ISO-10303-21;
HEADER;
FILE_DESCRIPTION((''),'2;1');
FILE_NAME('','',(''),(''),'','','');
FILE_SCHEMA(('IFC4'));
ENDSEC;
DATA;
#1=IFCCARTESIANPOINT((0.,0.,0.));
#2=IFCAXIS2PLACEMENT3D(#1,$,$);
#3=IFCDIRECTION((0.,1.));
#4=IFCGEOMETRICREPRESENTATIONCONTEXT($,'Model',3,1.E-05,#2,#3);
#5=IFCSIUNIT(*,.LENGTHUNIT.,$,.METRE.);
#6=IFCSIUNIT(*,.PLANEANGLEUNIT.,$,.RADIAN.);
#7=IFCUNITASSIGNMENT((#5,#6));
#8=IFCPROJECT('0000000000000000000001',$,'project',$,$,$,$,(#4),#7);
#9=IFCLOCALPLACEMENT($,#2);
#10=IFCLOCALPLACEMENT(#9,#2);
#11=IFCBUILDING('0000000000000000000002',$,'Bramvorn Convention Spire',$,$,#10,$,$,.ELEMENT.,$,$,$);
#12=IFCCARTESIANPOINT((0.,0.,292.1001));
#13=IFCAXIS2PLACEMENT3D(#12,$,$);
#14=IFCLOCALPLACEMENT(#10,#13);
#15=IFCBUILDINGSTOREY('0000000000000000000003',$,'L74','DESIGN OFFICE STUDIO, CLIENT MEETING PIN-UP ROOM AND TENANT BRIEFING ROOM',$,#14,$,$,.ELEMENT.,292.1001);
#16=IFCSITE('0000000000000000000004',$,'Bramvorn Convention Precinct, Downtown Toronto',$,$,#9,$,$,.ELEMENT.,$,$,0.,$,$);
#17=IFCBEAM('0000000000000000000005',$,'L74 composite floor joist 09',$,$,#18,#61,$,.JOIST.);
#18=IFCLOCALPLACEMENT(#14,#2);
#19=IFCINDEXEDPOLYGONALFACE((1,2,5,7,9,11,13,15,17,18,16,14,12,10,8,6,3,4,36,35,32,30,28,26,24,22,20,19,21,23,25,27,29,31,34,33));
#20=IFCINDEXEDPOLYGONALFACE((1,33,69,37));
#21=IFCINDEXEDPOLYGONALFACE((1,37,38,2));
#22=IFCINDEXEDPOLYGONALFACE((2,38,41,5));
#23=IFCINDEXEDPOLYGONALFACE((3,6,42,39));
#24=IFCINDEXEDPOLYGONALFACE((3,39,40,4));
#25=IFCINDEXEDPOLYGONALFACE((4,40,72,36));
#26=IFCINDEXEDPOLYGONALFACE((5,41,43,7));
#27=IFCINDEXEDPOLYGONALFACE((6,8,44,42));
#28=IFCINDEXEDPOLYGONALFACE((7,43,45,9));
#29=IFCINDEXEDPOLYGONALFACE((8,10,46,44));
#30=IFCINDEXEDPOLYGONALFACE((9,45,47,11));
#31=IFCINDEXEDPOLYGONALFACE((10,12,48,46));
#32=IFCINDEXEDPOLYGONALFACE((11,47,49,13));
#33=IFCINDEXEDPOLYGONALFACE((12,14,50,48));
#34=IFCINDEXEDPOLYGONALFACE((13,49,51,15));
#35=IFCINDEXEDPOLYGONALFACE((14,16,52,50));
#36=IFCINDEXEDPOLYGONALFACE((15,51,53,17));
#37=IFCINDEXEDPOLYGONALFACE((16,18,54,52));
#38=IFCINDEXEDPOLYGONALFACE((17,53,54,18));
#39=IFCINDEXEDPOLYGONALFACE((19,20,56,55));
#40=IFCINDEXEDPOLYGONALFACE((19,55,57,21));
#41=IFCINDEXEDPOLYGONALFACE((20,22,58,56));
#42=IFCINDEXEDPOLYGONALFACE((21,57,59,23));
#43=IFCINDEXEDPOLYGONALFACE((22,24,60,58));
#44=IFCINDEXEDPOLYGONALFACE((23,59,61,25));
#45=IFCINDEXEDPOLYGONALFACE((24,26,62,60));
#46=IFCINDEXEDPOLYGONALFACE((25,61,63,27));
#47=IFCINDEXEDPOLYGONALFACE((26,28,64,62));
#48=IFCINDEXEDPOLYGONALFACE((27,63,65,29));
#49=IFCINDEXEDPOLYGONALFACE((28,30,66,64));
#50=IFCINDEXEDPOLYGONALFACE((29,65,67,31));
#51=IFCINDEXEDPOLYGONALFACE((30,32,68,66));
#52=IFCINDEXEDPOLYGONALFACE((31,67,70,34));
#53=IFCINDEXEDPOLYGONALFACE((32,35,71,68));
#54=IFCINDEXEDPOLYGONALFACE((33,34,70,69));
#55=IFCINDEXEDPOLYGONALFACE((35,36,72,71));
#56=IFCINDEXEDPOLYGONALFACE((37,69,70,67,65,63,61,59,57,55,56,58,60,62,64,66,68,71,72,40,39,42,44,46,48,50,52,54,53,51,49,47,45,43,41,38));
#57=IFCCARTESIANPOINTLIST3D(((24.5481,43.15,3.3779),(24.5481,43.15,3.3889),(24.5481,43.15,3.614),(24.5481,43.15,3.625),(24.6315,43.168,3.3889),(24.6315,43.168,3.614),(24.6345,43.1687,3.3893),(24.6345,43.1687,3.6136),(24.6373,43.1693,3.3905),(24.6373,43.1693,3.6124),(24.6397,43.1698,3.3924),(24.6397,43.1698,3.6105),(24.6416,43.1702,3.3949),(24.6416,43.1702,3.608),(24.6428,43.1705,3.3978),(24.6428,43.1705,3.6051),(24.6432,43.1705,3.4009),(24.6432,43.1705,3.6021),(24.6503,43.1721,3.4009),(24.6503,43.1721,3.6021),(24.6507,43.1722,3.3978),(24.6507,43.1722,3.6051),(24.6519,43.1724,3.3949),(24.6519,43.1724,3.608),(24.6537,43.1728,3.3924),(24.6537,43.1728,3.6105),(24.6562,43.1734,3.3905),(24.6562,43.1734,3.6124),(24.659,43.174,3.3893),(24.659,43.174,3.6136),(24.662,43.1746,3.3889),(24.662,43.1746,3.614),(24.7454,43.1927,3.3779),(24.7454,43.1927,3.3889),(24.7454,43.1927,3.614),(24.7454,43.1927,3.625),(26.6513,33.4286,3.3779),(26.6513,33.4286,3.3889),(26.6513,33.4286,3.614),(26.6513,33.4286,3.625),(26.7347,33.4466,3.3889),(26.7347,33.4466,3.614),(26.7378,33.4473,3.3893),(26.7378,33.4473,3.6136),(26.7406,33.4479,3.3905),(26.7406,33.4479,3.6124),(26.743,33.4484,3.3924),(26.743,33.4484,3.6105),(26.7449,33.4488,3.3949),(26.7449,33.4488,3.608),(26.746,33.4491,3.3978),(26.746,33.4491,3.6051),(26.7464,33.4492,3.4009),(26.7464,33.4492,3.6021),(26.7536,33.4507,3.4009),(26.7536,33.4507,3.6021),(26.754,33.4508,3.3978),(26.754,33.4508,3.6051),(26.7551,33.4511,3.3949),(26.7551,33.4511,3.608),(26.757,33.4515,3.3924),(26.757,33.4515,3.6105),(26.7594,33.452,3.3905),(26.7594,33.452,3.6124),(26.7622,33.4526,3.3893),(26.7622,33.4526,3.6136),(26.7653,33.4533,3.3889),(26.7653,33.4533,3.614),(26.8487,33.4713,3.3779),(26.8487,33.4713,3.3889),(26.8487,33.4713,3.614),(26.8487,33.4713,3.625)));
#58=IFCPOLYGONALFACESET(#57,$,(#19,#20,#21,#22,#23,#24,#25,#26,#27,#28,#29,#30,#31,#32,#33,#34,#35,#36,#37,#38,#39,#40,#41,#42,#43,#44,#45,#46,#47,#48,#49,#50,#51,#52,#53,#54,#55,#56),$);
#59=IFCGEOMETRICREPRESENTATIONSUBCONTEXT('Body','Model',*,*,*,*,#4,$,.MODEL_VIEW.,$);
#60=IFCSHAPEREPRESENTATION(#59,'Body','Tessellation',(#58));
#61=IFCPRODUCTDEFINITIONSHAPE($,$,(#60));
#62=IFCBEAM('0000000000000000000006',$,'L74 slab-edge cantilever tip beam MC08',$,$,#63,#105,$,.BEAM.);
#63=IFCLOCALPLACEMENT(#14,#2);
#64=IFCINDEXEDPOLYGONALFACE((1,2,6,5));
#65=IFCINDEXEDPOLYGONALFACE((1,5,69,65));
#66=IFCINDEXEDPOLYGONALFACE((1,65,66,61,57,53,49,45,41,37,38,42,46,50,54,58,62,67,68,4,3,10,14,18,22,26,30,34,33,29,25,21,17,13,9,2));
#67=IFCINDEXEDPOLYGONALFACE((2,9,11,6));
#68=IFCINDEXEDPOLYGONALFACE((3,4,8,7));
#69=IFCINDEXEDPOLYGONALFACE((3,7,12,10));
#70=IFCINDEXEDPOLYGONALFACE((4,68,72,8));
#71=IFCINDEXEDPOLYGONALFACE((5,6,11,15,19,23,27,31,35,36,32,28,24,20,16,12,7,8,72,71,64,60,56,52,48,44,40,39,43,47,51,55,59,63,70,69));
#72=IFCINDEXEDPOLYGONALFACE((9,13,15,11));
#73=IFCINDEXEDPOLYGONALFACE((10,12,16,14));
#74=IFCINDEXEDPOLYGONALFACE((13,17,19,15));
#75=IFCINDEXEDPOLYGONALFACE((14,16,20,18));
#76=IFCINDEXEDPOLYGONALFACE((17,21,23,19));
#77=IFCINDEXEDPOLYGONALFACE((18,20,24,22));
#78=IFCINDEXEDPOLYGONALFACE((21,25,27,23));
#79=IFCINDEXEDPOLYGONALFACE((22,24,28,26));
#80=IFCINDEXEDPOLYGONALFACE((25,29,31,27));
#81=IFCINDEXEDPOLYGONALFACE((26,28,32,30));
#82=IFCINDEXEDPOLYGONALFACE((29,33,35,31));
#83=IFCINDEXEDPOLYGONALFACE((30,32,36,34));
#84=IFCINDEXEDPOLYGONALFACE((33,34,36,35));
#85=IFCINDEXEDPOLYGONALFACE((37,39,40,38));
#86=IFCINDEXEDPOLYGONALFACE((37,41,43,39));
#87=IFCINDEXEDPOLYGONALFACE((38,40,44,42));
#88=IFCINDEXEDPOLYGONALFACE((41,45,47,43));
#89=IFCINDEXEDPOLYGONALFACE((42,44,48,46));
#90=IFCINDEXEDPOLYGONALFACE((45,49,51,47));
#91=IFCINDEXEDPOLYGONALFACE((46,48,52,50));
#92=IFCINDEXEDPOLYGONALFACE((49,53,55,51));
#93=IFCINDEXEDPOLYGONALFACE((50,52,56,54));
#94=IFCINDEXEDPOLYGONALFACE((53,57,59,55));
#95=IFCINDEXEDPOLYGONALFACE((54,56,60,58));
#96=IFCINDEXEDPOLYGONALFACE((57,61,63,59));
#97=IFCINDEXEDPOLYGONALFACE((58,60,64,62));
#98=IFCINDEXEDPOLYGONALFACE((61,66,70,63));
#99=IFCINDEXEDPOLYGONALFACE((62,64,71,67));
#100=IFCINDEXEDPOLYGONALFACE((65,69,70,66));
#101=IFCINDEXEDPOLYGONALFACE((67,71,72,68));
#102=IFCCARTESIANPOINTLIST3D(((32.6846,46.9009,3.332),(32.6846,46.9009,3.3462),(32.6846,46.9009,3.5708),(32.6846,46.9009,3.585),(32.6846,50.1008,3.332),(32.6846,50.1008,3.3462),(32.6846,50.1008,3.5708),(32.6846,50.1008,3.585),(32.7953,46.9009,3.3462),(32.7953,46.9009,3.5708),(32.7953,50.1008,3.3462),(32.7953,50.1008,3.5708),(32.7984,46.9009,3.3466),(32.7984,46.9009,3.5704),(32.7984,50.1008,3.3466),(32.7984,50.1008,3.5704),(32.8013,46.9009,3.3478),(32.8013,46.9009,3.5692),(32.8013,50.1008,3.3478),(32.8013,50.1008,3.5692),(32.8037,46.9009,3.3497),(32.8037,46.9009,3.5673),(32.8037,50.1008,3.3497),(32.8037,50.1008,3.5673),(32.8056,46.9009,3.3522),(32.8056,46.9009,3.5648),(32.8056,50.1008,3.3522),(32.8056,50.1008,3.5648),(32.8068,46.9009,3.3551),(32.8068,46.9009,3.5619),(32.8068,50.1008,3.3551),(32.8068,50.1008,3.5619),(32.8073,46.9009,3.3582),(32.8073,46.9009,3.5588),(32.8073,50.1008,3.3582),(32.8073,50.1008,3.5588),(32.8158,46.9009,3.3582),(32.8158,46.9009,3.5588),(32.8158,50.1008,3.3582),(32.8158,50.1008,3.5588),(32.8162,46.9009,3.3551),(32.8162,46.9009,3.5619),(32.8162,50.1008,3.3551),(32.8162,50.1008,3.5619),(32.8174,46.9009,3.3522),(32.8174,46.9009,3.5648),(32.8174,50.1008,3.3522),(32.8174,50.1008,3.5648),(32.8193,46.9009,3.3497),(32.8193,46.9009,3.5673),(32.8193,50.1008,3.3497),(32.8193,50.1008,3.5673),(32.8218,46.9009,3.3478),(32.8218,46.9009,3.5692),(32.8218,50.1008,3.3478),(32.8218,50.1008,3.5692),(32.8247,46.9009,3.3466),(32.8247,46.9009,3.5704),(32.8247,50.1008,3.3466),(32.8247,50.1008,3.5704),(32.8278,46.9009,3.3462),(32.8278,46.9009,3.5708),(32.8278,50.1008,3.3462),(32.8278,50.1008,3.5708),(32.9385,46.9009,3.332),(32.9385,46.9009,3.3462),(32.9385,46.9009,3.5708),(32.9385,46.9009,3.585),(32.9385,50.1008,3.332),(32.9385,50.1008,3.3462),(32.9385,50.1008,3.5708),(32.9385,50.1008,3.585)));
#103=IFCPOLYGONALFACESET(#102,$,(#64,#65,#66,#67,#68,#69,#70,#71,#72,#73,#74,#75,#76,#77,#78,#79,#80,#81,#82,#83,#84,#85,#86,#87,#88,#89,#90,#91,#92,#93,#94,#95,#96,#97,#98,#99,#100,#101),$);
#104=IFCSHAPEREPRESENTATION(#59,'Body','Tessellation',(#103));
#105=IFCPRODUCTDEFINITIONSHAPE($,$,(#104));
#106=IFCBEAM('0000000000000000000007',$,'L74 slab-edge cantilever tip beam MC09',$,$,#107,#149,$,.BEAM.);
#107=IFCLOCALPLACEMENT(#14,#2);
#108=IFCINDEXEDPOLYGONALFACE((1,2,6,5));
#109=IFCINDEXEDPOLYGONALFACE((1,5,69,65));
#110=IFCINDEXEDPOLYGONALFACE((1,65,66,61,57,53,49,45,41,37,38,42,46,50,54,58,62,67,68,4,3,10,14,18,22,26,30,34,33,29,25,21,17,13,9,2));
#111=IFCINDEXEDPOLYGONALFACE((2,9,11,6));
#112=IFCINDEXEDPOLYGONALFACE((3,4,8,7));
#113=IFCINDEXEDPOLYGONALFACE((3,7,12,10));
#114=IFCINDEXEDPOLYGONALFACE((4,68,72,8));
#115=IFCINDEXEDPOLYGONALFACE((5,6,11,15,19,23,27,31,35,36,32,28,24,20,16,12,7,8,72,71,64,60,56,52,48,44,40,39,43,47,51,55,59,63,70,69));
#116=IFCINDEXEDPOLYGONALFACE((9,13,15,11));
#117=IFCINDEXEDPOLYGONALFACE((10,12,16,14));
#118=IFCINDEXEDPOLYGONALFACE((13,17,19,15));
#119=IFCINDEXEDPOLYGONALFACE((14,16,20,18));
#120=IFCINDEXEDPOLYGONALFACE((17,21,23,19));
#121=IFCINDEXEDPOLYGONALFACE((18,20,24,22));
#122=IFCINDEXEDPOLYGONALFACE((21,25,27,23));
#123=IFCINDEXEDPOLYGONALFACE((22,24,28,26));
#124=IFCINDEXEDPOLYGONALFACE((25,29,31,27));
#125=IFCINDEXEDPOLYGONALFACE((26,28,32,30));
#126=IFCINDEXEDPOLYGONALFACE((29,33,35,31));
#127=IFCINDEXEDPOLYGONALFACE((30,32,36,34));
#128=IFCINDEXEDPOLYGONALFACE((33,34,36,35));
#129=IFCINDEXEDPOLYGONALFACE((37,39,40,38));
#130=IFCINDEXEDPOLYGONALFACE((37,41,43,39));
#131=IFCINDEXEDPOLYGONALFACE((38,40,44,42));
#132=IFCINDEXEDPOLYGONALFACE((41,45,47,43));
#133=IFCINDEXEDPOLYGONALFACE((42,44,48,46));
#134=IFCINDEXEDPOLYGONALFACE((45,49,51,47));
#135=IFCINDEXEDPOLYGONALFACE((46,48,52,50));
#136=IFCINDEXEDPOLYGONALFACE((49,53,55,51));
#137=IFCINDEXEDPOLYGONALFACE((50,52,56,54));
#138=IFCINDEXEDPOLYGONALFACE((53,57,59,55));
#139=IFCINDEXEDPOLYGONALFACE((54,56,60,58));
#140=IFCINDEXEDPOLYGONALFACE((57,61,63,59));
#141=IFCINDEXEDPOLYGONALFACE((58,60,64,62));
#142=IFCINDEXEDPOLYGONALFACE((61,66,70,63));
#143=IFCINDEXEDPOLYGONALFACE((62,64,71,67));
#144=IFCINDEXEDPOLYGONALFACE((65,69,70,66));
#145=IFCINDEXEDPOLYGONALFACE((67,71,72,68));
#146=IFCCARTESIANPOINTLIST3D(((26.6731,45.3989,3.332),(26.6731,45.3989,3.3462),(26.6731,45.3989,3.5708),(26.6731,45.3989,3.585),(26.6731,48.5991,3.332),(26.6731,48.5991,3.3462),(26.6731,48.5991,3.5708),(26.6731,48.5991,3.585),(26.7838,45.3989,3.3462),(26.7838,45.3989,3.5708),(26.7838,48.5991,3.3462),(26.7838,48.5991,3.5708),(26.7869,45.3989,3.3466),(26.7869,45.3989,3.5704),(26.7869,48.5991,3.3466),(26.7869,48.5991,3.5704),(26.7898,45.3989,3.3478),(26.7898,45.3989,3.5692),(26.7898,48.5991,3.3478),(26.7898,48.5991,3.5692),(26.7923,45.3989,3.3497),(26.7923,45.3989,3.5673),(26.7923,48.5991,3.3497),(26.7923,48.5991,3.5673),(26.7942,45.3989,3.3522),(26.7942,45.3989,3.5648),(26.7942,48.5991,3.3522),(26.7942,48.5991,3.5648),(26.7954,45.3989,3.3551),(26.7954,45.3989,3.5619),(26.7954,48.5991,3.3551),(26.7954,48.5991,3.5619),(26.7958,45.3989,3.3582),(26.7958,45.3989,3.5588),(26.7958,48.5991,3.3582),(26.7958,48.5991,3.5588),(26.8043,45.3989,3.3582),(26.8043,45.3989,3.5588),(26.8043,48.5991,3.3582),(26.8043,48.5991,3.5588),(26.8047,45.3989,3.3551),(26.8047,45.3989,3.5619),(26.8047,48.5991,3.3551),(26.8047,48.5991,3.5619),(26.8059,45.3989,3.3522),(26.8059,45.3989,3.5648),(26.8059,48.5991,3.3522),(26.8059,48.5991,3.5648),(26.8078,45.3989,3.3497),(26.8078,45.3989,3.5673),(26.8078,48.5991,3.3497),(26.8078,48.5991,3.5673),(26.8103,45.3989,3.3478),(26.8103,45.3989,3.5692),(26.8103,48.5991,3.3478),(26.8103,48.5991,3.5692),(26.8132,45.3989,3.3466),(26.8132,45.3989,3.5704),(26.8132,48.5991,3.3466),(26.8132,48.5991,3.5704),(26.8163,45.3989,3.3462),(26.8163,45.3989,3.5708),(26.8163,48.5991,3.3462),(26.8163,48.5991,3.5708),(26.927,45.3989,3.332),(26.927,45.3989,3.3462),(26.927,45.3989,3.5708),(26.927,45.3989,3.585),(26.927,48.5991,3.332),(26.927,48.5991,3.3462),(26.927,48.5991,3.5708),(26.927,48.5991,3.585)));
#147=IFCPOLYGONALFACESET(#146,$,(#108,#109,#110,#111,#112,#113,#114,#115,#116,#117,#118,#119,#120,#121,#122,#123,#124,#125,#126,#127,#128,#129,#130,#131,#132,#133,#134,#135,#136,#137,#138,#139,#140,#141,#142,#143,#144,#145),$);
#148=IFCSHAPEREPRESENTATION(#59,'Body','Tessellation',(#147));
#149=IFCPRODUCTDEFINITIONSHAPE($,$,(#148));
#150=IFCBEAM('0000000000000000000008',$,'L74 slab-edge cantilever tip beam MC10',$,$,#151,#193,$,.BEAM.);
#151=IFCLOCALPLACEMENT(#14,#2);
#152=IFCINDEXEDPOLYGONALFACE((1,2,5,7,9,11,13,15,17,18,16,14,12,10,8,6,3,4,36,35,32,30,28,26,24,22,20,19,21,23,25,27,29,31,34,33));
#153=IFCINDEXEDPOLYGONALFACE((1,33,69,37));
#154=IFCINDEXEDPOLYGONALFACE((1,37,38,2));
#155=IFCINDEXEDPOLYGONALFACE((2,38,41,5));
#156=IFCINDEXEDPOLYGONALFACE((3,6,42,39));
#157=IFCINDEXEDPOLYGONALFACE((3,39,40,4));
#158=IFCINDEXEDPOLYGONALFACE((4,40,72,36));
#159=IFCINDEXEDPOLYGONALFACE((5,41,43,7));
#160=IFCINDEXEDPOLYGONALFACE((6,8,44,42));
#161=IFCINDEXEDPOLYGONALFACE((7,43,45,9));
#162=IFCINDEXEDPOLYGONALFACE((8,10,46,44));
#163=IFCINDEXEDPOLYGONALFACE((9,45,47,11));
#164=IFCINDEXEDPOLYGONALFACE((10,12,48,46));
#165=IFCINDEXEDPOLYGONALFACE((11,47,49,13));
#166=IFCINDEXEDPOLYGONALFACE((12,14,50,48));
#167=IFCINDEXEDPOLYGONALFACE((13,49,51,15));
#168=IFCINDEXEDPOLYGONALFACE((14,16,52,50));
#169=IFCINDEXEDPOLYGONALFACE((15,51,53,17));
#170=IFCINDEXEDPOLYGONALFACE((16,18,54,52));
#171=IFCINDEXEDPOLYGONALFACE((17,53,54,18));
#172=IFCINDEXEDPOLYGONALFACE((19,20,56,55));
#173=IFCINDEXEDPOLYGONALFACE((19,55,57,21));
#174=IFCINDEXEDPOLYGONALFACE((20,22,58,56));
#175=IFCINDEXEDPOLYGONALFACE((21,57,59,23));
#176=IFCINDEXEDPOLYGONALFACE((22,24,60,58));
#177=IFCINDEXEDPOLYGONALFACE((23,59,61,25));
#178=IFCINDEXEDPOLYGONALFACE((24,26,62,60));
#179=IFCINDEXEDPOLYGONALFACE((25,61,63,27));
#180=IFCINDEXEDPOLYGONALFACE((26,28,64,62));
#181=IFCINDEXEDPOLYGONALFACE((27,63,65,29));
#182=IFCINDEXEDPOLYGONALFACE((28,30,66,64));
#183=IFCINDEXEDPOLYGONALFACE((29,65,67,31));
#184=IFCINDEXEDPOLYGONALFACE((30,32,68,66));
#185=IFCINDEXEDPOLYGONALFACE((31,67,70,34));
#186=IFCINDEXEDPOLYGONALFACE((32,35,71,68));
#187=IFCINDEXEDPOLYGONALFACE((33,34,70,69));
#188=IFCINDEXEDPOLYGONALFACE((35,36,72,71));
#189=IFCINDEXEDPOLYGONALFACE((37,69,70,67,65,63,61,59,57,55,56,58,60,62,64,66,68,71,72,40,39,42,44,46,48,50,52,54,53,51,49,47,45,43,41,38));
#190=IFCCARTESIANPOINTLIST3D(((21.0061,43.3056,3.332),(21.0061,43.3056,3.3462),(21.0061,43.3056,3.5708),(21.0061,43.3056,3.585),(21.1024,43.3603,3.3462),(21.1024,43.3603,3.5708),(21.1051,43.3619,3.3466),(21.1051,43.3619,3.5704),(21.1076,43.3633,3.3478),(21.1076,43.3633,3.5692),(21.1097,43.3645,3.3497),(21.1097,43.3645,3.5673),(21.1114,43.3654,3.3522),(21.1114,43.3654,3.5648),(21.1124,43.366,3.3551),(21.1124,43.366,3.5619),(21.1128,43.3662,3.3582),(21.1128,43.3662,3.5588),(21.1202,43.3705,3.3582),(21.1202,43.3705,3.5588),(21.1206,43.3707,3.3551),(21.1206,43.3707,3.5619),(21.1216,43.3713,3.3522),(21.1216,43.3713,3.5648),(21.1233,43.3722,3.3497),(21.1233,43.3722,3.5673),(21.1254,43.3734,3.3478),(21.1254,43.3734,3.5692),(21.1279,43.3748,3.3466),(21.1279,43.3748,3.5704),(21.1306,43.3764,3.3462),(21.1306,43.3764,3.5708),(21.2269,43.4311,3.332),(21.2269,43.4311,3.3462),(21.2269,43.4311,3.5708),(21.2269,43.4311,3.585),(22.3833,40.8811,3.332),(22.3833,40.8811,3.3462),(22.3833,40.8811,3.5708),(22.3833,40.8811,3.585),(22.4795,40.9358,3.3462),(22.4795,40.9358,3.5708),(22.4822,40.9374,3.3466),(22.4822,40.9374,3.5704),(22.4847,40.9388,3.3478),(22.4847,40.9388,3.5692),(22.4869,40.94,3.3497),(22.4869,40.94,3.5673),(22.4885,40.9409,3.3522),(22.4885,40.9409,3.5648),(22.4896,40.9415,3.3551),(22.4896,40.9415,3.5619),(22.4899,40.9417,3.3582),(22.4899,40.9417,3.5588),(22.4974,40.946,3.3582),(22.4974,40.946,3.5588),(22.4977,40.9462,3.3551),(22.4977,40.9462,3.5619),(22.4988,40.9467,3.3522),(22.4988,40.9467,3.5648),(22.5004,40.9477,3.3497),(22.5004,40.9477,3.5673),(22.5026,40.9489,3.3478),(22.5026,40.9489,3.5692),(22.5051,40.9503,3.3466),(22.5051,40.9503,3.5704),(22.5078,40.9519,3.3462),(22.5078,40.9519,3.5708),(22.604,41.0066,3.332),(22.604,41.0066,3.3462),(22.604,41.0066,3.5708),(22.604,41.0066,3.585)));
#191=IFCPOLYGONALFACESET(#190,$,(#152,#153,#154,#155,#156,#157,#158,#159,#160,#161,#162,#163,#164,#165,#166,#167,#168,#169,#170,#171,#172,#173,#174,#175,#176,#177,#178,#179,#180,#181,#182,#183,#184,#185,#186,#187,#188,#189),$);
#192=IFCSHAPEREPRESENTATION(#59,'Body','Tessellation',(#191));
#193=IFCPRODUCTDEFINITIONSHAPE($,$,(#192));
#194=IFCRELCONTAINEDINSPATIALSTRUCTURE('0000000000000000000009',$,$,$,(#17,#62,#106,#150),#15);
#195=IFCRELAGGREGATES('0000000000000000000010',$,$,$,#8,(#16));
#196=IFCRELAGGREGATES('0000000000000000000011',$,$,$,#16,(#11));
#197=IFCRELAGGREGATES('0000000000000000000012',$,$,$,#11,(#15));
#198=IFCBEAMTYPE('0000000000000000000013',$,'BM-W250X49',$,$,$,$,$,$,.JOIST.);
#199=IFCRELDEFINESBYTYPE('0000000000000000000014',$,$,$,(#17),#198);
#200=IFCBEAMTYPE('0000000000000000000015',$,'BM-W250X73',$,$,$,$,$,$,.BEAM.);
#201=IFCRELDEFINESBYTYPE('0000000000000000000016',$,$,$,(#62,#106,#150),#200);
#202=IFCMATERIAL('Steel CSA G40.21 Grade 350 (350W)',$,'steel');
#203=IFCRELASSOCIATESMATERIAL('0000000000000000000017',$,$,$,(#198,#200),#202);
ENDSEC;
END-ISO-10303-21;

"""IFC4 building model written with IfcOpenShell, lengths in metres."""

from ifc_helpers import new_model, si_unit, direction, frame, origin, origin_2d, place, context, subcontext, project, spatial, i_section, extrude, material, material_profile, profile_set, type_object, element, save


model = new_model("IFC4")

# Units and contexts
model_context = context("Model", 3, precision=1e-05, world=origin(), true_north=direction((0.0, 1.0)))
body_context = subcontext(model_context, "Body", "Model", "MODEL_VIEW")
ifc_project = project(units=[si_unit("LENGTHUNIT", "METRE"), si_unit("PLANEANGLEUNIT", "RADIAN")], contexts=[model_context])

# Site, building, storey
site_placement = place(None, origin())
site = spatial("IfcSite", under=ifc_project, at=site_placement, Name="Bramvorn Convention Precinct, Downtown Toronto", CompositionType="ELEMENT", RefElevation=0.0)
building_placement = place(site_placement, origin())
building = spatial("IfcBuilding", under=site, at=building_placement, Name="Bramvorn Convention Spire", CompositionType="ELEMENT")
storey_placement = place(building_placement, frame((0.0, 0.0, 292.1001)))
storey = spatial("IfcBuildingStorey", under=building, at=storey_placement, Name="L74", Description="DESIGN OFFICE STUDIO, CLIENT MEETING PIN-UP ROOM AND TENANT BRIEFING ROOM", CompositionType="ELEMENT", Elevation=292.1001)

# Shared definitions
ifc_material_1 = material(Name="Steel CSA G40.21 Grade 350 (350W)", Category="steel")

# Beams
ifc_material_profile_1 = material_profile(ifc_material_1, i_section(OverallWidth=0.2019, OverallDepth=0.2471, WebThickness=0.0073, FlangeThickness=0.011, FilletRadius=0.012, at=origin_2d()))
ifc_profile_set_1 = profile_set([ifc_material_profile_1], Name="Steel CSA G40.21 Grade 350 (350W) - W250X49")
beam_type_1 = type_object("IfcBeamType", Name="BM-W250X49", PredefinedType="JOIST", material=ifc_profile_set_1)
beam_1_placement = place(storey_placement, frame((26.75, 33.45, 3.5015), z_axis=(-0.211461, 0.977386, 0.0), x_axis=(-0.977386, -0.211461, 0.0)))
element("IfcBeam", 1, at=beam_1_placement, inside=storey, type_object=beam_type_1, Name="L74 composite floor joist 09", PredefinedType="JOIST", context=body_context, shape_type="SweptSolid", body=[
    extrude(i_section(OverallWidth=0.2019, OverallDepth=0.2471, WebThickness=0.0073, FlangeThickness=0.011, FilletRadius=0.012, at=origin_2d()), origin(), (0.0, 0.0, 1.0), 9.9463),
])
ifc_material_profile_2 = material_profile(ifc_material_1, i_section(OverallWidth=0.2539, OverallDepth=0.2529, WebThickness=0.0085, FlangeThickness=0.0142, FilletRadius=0.012, at=origin_2d()))
ifc_profile_set_2 = profile_set([ifc_material_profile_2], Name="Steel CSA G40.21 Grade 350 (350W) - W250X73")
beam_type_2 = type_object("IfcBeamType", Name="BM-W250X73", PredefinedType="BEAM", material=ifc_profile_set_2)
beam_2_placement = place(storey_placement, frame((32.8115, 46.9009, 3.4585), z_axis=(0.0, 1.0, 0.0), x_axis=(-1.0, 0.0, 0.0)))
element("IfcBeam", 2, at=beam_2_placement, inside=storey, type_object=beam_type_2, Name="L74 slab-edge cantilever tip beam MC08", PredefinedType="BEAM", context=body_context, shape_type="SweptSolid", body=[
    extrude(i_section(OverallWidth=0.2539, OverallDepth=0.2529, WebThickness=0.0085, FlangeThickness=0.0142, FilletRadius=0.012, at=origin_2d()), origin(), (0.0, 0.0, 1.0), 3.2),
])
beam_3_placement = place(storey_placement, frame((26.8, 45.3989, 3.4585), z_axis=(0.0, 1.0, 0.0), x_axis=(-1.0, 0.0, 0.0)))
element("IfcBeam", 3, at=beam_3_placement, inside=storey, type_object=beam_type_2, Name="L74 slab-edge cantilever tip beam MC09", PredefinedType="BEAM", context=body_context, shape_type="SweptSolid", body=[
    extrude(i_section(OverallWidth=0.2539, OverallDepth=0.2529, WebThickness=0.0085, FlangeThickness=0.0142, FilletRadius=0.012, at=origin_2d()), origin(), (0.0, 0.0, 1.0), 3.2002),
])
beam_4_placement = place(storey_placement, frame((22.4937, 40.9438, 3.4585), z_axis=(-0.493903, 0.869517, 0.0), x_axis=(-0.869517, -0.493903, 0.0)))
element("IfcBeam", 4, at=beam_4_placement, inside=storey, type_object=beam_type_2, Name="L74 slab-edge cantilever tip beam MC10", PredefinedType="BEAM", context=body_context, shape_type="SweptSolid", body=[
    extrude(i_section(OverallWidth=0.2539, OverallDepth=0.2529, WebThickness=0.0085, FlangeThickness=0.0142, FilletRadius=0.012, at=origin_2d()), origin(), (0.0, 0.0, 1.0), 2.7883),
])

save(model, "model.ifc")
